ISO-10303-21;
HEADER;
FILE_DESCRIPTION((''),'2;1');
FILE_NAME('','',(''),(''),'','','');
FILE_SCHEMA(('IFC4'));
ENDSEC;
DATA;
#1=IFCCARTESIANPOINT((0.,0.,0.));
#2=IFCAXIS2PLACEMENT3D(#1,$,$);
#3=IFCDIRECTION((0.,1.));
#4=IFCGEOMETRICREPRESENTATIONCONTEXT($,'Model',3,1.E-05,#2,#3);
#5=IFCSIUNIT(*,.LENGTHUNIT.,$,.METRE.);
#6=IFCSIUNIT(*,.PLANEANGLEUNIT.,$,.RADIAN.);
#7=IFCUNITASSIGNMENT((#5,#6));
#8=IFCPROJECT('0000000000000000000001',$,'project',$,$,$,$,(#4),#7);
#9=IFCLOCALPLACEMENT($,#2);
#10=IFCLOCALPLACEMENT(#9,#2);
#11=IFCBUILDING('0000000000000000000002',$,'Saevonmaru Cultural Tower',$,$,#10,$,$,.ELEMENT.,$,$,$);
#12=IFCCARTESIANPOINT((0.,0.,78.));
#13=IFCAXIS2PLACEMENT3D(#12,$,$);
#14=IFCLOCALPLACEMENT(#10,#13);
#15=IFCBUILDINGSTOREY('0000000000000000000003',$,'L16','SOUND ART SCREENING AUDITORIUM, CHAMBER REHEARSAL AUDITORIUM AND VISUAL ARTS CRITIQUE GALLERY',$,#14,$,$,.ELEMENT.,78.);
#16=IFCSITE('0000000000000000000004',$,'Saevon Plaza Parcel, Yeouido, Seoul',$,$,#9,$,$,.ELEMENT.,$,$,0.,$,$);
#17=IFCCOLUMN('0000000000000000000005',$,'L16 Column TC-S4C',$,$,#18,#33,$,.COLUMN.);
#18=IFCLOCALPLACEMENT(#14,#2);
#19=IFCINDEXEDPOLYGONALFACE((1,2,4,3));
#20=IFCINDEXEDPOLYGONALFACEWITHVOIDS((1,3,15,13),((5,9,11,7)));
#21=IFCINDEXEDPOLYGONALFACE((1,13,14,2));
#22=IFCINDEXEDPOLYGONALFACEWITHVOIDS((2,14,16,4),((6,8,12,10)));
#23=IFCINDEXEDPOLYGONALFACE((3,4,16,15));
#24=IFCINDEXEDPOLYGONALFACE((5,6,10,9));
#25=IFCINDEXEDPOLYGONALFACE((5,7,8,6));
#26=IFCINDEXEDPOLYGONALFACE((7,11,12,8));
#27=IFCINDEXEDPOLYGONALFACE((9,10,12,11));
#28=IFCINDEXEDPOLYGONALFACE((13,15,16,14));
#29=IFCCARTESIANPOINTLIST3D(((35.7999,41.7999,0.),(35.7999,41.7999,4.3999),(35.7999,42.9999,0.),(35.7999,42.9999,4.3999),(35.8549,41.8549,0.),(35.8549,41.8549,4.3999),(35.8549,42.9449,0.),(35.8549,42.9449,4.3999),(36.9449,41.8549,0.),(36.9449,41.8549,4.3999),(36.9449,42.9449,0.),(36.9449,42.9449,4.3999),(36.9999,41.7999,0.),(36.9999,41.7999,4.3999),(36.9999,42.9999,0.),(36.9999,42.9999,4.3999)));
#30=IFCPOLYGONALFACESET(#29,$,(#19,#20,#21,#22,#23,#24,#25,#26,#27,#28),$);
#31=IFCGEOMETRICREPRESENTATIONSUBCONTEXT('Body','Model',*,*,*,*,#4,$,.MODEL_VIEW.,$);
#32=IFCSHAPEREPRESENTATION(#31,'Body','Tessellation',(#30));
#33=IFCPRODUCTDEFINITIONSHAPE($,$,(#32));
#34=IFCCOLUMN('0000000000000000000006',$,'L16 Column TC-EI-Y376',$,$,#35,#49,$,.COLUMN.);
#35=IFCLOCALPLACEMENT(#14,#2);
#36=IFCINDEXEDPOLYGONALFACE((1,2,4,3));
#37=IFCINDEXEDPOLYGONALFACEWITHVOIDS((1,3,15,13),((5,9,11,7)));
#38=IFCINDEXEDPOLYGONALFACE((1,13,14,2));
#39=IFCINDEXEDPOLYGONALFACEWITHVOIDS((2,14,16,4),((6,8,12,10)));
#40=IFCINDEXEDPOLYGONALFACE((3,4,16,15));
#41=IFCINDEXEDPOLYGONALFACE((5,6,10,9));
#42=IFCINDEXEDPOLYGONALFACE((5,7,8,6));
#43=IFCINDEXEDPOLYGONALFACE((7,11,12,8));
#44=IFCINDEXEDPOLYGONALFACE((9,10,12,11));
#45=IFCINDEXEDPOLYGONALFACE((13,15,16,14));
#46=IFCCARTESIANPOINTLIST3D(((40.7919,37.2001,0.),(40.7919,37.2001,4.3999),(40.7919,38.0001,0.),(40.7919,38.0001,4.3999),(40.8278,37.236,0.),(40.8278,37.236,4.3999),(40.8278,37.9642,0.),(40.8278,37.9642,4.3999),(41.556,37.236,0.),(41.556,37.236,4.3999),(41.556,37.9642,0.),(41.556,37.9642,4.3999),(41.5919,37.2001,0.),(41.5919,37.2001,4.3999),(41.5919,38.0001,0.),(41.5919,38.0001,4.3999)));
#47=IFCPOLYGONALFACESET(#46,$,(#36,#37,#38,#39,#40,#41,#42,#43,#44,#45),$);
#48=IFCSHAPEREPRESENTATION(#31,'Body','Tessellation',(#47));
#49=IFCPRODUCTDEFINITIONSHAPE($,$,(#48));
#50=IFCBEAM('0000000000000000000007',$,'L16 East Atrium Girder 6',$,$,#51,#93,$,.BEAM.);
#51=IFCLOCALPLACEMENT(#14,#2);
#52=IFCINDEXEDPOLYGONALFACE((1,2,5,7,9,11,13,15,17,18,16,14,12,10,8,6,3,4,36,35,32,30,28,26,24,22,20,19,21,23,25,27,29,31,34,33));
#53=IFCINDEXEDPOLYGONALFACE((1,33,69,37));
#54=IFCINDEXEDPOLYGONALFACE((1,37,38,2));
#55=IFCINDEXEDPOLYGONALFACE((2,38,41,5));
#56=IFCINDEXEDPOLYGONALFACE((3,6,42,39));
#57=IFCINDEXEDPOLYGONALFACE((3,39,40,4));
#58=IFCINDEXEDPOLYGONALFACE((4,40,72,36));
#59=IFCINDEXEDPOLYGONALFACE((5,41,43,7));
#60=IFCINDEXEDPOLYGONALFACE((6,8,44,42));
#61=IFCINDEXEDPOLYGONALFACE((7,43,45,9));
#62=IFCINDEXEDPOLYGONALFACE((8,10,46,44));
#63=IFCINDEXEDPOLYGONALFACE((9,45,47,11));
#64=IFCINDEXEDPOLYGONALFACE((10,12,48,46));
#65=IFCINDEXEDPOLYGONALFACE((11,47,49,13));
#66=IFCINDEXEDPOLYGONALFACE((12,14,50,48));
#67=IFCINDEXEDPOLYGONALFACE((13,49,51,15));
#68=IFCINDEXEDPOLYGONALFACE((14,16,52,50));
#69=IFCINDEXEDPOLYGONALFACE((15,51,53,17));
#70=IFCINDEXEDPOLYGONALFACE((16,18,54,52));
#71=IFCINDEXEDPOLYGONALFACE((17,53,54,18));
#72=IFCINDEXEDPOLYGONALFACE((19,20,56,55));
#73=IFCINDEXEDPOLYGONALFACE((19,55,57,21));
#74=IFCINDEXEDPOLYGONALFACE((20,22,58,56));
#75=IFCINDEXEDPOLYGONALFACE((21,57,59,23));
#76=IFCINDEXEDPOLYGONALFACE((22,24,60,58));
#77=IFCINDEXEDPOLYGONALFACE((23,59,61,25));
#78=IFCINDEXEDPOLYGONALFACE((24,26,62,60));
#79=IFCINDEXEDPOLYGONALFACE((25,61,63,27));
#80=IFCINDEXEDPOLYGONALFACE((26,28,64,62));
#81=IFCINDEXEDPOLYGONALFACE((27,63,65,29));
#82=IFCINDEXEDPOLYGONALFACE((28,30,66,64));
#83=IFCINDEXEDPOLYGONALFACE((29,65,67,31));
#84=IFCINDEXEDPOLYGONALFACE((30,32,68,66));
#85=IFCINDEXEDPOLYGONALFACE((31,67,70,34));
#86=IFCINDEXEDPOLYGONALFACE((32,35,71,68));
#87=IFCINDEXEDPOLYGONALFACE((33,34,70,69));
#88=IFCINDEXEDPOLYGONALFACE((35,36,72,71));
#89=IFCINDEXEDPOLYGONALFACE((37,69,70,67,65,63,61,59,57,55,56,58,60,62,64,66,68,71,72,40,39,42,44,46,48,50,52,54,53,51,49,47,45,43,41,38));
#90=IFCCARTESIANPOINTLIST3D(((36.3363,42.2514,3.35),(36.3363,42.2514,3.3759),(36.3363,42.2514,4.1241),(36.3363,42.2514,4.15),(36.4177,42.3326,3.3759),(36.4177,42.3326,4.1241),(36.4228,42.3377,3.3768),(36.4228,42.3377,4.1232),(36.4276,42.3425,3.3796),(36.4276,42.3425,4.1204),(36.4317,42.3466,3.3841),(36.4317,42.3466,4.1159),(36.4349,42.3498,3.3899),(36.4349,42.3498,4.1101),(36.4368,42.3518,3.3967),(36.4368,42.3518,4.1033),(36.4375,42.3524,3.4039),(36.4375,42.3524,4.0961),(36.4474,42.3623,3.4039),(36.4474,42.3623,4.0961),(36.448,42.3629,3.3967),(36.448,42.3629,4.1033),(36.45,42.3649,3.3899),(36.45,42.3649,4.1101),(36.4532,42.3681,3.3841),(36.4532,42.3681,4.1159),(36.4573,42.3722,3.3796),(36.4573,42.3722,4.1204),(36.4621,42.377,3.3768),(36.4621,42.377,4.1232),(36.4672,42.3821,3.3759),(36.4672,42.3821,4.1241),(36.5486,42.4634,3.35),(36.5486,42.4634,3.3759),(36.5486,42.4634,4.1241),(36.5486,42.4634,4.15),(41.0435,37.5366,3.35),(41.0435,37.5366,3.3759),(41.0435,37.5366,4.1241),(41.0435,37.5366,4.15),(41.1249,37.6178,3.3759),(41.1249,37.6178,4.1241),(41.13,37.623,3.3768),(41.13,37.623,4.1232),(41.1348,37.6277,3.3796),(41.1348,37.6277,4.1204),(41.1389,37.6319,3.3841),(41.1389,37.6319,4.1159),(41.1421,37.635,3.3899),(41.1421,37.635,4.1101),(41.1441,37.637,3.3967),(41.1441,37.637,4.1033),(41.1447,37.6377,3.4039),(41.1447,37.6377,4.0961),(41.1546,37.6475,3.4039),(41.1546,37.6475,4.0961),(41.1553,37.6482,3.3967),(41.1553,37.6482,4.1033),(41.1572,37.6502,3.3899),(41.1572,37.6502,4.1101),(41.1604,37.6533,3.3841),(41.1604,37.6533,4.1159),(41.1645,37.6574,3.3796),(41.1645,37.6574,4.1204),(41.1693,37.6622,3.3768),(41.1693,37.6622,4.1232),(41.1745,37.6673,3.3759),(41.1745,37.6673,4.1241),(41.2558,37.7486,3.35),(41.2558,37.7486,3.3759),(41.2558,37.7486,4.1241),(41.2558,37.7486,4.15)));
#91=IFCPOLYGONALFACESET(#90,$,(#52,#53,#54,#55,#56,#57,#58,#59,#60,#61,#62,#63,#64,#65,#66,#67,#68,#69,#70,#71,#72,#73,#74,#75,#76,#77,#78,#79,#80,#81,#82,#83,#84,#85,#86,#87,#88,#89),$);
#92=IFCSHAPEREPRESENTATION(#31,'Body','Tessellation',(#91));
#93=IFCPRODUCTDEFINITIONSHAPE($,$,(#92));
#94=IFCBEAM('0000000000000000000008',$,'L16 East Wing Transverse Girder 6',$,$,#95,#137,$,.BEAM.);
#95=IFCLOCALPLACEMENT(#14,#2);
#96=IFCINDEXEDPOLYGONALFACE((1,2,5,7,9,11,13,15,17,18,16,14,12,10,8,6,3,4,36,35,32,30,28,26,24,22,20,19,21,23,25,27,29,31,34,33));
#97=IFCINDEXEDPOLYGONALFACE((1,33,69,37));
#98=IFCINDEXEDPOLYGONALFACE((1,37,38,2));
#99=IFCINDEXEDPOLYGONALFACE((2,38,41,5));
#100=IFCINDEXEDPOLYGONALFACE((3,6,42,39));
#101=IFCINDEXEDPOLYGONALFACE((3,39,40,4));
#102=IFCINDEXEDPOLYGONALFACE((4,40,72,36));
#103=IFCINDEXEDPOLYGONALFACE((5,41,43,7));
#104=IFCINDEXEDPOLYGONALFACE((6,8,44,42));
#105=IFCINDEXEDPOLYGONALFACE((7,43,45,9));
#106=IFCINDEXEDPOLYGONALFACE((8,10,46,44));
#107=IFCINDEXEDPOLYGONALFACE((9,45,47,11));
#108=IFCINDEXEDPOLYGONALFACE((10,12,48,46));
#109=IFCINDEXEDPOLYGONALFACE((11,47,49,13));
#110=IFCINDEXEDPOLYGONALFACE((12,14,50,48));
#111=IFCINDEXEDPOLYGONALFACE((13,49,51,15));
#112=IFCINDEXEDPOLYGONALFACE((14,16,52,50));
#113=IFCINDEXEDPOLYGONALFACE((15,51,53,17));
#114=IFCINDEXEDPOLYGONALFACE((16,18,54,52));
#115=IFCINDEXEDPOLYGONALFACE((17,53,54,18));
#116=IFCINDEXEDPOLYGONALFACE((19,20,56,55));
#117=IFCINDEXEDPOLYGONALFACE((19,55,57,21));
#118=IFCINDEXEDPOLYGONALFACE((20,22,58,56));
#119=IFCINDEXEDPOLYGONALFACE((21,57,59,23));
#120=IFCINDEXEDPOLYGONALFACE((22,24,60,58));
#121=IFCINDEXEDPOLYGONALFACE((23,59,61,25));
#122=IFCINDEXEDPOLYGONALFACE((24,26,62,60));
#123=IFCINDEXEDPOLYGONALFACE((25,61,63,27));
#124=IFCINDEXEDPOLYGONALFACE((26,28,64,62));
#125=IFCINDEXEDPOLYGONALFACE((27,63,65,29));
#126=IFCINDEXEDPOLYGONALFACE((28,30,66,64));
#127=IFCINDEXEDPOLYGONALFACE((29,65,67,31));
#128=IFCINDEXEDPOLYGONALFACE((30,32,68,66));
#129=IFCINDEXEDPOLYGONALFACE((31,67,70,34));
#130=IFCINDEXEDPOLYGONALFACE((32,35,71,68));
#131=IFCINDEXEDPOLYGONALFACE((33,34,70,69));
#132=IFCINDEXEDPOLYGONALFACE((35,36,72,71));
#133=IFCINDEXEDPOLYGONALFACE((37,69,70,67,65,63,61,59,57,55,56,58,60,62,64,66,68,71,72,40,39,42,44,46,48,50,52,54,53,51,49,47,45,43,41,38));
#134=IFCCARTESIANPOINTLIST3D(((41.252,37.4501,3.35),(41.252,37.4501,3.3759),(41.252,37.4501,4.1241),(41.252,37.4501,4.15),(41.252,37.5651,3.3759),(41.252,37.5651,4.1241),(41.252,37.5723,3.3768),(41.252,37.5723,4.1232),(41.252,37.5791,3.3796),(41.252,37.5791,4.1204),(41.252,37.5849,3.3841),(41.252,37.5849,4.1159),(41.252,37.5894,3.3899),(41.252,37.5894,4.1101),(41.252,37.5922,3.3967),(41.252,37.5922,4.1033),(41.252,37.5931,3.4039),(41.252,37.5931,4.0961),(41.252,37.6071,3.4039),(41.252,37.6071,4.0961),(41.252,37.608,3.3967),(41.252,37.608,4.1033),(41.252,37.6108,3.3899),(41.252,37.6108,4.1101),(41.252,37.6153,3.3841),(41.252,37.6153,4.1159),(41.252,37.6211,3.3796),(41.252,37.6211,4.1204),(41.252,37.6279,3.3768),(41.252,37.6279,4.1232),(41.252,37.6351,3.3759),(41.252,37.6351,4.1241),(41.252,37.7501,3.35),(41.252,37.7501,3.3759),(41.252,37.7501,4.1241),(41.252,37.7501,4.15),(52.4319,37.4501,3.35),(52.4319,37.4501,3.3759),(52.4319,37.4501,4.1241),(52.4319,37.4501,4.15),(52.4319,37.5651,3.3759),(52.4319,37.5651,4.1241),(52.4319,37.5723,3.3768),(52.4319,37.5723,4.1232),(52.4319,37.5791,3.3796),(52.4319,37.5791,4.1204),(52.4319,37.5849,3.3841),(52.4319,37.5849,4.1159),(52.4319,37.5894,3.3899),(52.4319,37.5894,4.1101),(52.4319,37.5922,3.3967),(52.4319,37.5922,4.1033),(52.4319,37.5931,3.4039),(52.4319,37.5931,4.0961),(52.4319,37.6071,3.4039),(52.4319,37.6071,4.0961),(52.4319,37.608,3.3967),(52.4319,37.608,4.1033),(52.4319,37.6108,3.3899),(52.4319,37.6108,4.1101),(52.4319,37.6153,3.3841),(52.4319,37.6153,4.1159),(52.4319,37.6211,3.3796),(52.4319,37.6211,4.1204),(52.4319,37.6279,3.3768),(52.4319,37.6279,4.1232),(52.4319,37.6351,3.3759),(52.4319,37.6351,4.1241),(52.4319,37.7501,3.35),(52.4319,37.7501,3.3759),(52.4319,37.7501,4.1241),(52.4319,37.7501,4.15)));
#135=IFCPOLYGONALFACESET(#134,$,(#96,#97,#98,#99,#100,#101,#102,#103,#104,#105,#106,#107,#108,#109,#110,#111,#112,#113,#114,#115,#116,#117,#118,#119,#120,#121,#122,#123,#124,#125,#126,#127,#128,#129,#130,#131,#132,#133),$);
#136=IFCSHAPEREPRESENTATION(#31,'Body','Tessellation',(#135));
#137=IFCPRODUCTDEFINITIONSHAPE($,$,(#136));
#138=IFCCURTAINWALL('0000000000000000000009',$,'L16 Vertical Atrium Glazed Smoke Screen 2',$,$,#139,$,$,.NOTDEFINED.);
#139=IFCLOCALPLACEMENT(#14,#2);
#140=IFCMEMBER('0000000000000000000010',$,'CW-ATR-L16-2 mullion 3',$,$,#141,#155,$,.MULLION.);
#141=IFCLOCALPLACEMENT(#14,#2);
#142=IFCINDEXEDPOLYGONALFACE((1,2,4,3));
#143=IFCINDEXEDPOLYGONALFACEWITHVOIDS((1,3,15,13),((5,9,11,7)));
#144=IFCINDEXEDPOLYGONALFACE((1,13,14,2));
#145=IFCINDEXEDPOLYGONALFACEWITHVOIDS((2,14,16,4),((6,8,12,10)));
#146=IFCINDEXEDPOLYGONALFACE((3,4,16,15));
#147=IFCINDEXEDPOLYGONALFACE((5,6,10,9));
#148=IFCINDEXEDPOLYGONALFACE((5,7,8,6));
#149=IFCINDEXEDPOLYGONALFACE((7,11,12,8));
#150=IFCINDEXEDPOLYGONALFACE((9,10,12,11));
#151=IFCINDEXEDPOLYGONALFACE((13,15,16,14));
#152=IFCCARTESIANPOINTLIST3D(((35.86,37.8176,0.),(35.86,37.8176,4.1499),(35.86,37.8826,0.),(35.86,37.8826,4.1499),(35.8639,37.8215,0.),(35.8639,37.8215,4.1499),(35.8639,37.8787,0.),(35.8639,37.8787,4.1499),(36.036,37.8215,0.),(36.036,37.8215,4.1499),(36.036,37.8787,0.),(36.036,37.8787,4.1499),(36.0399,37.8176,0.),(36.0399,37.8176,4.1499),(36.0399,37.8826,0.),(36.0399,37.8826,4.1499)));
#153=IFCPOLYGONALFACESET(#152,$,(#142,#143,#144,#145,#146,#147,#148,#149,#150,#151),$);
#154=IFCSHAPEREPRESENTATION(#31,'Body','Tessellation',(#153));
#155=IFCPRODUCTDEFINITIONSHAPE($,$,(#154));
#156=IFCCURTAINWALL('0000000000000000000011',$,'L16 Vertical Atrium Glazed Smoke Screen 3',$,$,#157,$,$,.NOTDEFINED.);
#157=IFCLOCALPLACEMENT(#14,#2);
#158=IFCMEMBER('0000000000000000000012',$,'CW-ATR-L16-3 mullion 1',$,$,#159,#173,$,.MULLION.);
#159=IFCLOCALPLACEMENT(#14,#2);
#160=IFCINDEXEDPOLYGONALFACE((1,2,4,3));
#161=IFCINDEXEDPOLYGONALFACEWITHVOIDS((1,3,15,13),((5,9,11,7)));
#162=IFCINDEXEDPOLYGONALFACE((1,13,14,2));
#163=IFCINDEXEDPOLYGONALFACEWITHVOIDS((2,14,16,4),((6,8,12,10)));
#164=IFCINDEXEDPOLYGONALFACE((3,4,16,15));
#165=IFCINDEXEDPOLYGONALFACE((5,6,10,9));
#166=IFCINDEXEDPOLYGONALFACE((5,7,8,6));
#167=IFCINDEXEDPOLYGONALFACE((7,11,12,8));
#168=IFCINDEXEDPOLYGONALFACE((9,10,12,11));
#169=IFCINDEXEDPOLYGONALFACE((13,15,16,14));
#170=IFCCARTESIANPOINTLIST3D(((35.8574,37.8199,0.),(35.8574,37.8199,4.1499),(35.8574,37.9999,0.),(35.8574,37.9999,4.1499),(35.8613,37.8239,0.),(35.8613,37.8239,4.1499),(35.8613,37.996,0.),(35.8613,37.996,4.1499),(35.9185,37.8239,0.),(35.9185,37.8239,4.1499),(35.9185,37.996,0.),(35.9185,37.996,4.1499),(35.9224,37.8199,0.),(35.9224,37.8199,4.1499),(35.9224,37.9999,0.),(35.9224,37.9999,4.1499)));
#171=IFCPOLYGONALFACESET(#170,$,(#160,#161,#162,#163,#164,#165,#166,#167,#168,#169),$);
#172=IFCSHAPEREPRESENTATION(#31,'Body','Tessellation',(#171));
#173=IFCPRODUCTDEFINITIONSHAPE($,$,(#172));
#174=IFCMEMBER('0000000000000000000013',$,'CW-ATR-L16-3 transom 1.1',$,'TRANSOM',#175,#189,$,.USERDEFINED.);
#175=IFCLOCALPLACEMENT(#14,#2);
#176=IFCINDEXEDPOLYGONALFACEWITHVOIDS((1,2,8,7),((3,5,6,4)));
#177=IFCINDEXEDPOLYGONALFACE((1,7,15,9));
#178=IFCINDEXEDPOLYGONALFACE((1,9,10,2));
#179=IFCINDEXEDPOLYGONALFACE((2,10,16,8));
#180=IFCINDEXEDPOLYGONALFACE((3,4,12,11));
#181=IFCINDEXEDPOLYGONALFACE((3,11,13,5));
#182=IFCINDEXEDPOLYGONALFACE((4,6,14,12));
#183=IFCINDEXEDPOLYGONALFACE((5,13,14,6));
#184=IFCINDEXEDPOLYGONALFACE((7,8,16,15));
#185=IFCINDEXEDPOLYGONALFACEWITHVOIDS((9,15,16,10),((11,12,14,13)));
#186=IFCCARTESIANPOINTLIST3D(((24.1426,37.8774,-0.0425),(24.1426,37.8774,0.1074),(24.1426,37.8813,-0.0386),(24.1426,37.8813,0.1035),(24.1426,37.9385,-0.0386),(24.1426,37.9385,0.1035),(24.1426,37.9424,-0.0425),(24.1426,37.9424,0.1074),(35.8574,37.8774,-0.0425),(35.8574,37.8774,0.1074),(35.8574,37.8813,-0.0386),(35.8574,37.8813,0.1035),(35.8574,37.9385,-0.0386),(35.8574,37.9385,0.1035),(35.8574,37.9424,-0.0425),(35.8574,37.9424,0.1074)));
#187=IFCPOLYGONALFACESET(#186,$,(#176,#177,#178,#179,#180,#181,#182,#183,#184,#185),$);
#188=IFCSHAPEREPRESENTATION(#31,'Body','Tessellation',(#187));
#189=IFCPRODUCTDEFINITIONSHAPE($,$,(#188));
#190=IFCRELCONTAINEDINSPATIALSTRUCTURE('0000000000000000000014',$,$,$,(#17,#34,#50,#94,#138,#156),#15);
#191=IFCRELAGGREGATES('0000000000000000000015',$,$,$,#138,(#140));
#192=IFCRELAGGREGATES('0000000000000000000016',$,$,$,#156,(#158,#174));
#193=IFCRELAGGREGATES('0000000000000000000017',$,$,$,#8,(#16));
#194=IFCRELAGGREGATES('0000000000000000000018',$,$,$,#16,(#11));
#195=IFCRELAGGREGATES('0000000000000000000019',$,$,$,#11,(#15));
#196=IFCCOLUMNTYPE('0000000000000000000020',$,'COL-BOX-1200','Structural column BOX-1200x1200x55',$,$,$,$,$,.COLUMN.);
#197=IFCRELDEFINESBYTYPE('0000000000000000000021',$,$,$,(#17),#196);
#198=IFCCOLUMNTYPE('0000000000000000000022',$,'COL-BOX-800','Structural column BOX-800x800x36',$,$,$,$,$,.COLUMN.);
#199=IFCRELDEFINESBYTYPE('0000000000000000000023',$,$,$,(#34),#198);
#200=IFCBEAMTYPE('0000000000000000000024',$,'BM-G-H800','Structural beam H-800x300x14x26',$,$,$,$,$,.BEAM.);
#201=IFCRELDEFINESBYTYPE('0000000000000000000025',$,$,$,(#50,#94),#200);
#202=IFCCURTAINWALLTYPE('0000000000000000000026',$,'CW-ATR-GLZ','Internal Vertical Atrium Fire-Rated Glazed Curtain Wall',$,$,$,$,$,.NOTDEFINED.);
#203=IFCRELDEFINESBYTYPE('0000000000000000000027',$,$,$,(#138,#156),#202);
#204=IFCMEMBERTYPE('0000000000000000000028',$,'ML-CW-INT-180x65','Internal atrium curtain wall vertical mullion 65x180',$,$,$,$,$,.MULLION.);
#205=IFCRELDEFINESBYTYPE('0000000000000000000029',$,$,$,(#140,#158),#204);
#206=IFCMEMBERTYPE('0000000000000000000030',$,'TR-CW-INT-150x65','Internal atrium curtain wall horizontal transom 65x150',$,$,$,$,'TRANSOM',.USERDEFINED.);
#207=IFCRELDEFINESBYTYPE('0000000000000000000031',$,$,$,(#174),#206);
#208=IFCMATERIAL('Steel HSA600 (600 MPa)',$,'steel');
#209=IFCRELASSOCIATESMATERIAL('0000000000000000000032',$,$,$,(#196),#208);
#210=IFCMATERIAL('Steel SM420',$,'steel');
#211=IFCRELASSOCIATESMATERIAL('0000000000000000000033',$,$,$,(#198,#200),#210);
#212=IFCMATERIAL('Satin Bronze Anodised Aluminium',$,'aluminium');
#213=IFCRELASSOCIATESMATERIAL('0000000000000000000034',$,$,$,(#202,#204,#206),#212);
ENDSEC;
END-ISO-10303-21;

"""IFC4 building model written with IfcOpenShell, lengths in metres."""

from ifc_helpers import new_model, si_unit, direction, frame, origin, origin_2d, place, context, subcontext, project, spatial, hollow_rectangle, i_section, extrude, material, material_profile, profile_set, type_object, element, aggregate, save


model = new_model("IFC4")

# Units and contexts
model_context = context("Model", 3, precision=1e-05, world=origin(), true_north=direction((0.0, 1.0)))
body_context = subcontext(model_context, "Body", "Model", "MODEL_VIEW")
ifc_project = project(units=[si_unit("LENGTHUNIT", "METRE"), si_unit("PLANEANGLEUNIT", "RADIAN")], contexts=[model_context])

# Site, building, storey
site_placement = place(None, origin())
site = spatial("IfcSite", under=ifc_project, at=site_placement, Name="Saevon Plaza Parcel, Yeouido, Seoul", CompositionType="ELEMENT", RefElevation=0.0)
building_placement = place(site_placement, origin())
building = spatial("IfcBuilding", under=site, at=building_placement, Name="Saevonmaru Cultural Tower", CompositionType="ELEMENT")
storey_placement = place(building_placement, frame((0.0, 0.0, 78.0)))
storey = spatial("IfcBuildingStorey", under=building, at=storey_placement, Name="L16", Description="SOUND ART SCREENING AUDITORIUM, CHAMBER REHEARSAL AUDITORIUM AND VISUAL ARTS CRITIQUE GALLERY", CompositionType="ELEMENT", Elevation=78.0)

# Columns
ifc_material_1 = material(Name="Steel HSA600 (600 MPa)", Category="steel")
ifc_material_profile_1 = material_profile(ifc_material_1, hollow_rectangle(XDim=1.2, YDim=1.2, WallThickness=0.0549, at=origin_2d()), Name="BOX-1200x1200x55")
ifc_profile_set_1 = profile_set([ifc_material_profile_1], Name="Steel HSA600 (600 MPa)")
column_type_1 = type_object("IfcColumnType", Name="COL-BOX-1200", Description="Structural column BOX-1200x1200x55", PredefinedType="COLUMN", material=ifc_profile_set_1)
column_1_placement = place(storey_placement, frame((36.3999, 42.3999, 0.0), z_axis=(0.0, 0.0, 1.0), x_axis=(1.0, 0.0, 0.0)))
element("IfcColumn", 1, at=column_1_placement, inside=storey, type_object=column_type_1, Name="L16 Column TC-S4C", PredefinedType="COLUMN", context=body_context, shape_type="SweptSolid", body=[
    extrude(hollow_rectangle(XDim=1.2, YDim=1.2, WallThickness=0.0549, at=origin_2d()), origin(), (0.0, 0.0, 1.0), 4.3999),
])
ifc_material_2 = material(Name="Steel SM420", Category="steel")
ifc_material_profile_2 = material_profile(ifc_material_2, hollow_rectangle(XDim=0.8, YDim=0.8, WallThickness=0.0359, at=origin_2d()), Name="BOX-800x800x36")
ifc_profile_set_2 = profile_set([ifc_material_profile_2], Name="Steel SM420")
column_type_2 = type_object("IfcColumnType", Name="COL-BOX-800", Description="Structural column BOX-800x800x36", PredefinedType="COLUMN", material=ifc_profile_set_2)
column_2_placement = place(storey_placement, frame((41.1919, 37.6001, 0.0), z_axis=(0.0, 0.0, 1.0), x_axis=(1.0, 0.0, 0.0)))
element("IfcColumn", 2, at=column_2_placement, inside=storey, type_object=column_type_2, Name="L16 Column TC-EI-Y376", PredefinedType="COLUMN", context=body_context, shape_type="SweptSolid", body=[
    extrude(hollow_rectangle(XDim=0.8, YDim=0.8, WallThickness=0.0359, at=origin_2d()), origin(), (0.0, 0.0, 1.0), 4.3999),
])

# Beams
ifc_material_profile_3 = material_profile(ifc_material_2, i_section(OverallWidth=0.3, OverallDepth=0.8, WebThickness=0.0139, FlangeThickness=0.0259, FilletRadius=0.0281, at=origin_2d()), Name="H-800x300x14x26")
ifc_profile_set_3 = profile_set([ifc_material_profile_3], Name="Steel SM420")
beam_type = type_object("IfcBeamType", Name="BM-G-H800", Description="Structural beam H-800x300x14x26", PredefinedType="BEAM", material=ifc_profile_set_3)
beam_1_placement = place(storey_placement, frame((41.1497, 37.6426, 3.75), z_axis=(-0.706539, 0.707675, 0.0), x_axis=(-0.707675, -0.706539, 0.0)))
element("IfcBeam", 3, at=beam_1_placement, inside=storey, type_object=beam_type, Name="L16 East Atrium Girder 6", PredefinedType="BEAM", context=body_context, shape_type="SweptSolid", body=[
    extrude(i_section(OverallWidth=0.3, OverallDepth=0.8, WebThickness=0.0139, FlangeThickness=0.0259, FilletRadius=0.0281, at=origin_2d()), origin(), (0.0, 0.0, 1.0), 6.6624),
])
beam_2_placement = place(storey_placement, frame((41.252, 37.6001, 3.75), z_axis=(1.0, 0.0, 0.0), x_axis=(0.0, 1.0, 0.0)))
element("IfcBeam", 4, at=beam_2_placement, inside=storey, type_object=beam_type, Name="L16 East Wing Transverse Girder 6", PredefinedType="BEAM", context=body_context, shape_type="SweptSolid", body=[
    extrude(i_section(OverallWidth=0.3, OverallDepth=0.8, WebThickness=0.0139, FlangeThickness=0.0259, FilletRadius=0.0281, at=origin_2d()), origin(), (0.0, 0.0, 1.0), 11.1799),
])

# Curtain wall, member
ifc_material_3 = material(Name="Satin Bronze Anodised Aluminium", Category="aluminium")
curtain_wall_type = type_object("IfcCurtainWallType", Name="CW-ATR-GLZ", Description="Internal Vertical Atrium Fire-Rated Glazed Curtain Wall", PredefinedType="NOTDEFINED", material=ifc_material_3)
curtain_wall_1_placement = place(storey_placement, origin())
curtain_wall_1 = element("IfcCurtainWall", 5, at=curtain_wall_1_placement, inside=storey, type_object=curtain_wall_type, Name="L16 Vertical Atrium Glazed Smoke Screen 2", PredefinedType="NOTDEFINED")
ifc_material_profile_4 = material_profile(ifc_material_3, hollow_rectangle(XDim=0.0649, YDim=0.1799, WallThickness=0.0039, at=origin_2d()), Name="ALU-MULL-180x65x4")
ifc_profile_set_4 = profile_set([ifc_material_profile_4], Name="Satin Bronze Anodised Aluminium")
member_type_1 = type_object("IfcMemberType", Name="ML-CW-INT-180x65", Description="Internal atrium curtain wall vertical mullion 65x180", PredefinedType="MULLION", material=ifc_profile_set_4)
member_1_placement = place(storey_placement, frame((35.95, 37.8501, 0.0), z_axis=(0.0, 0.0, 1.0), x_axis=(0.0, 1.0, 0.0)))
member_1 = element("IfcMember", 6, at=member_1_placement, type_object=member_type_1, Name="CW-ATR-L16-2 mullion 3", PredefinedType="MULLION", context=body_context, shape_type="SweptSolid", body=[
    extrude(hollow_rectangle(XDim=0.0649, YDim=0.1799, WallThickness=0.0039, at=origin_2d()), origin(), (0.0, 0.0, 1.0), 4.1499),
])
aggregate(curtain_wall_1, [member_1])

# Curtain wall, members
curtain_wall_2_placement = place(storey_placement, origin())
curtain_wall_2 = element("IfcCurtainWall", 7, at=curtain_wall_2_placement, inside=storey, type_object=curtain_wall_type, Name="L16 Vertical Atrium Glazed Smoke Screen 3", PredefinedType="NOTDEFINED")
member_2_placement = place(storey_placement, frame((35.8899, 37.9099, 0.0), z_axis=(0.0, 0.0, 1.0), x_axis=(-1.0, 0.0, 0.0)))
member_2 = element("IfcMember", 8, at=member_2_placement, type_object=member_type_1, Name="CW-ATR-L16-3 mullion 1", PredefinedType="MULLION", context=body_context, shape_type="SweptSolid", body=[
    extrude(hollow_rectangle(XDim=0.0649, YDim=0.1799, WallThickness=0.0039, at=origin_2d()), origin(), (0.0, 0.0, 1.0), 4.1499),
])
ifc_material_profile_5 = material_profile(ifc_material_3, hollow_rectangle(XDim=0.0649, YDim=0.1499, WallThickness=0.0039, at=origin_2d()), Name="ALU-TRAN-150x65x4")
ifc_profile_set_5 = profile_set([ifc_material_profile_5], Name="Satin Bronze Anodised Aluminium")
member_type_2 = type_object("IfcMemberType", Name="TR-CW-INT-150x65", Description="Internal atrium curtain wall horizontal transom 65x150", ElementType="TRANSOM", PredefinedType="USERDEFINED", material=ifc_profile_set_5)
member_3_placement = place(storey_placement, frame((35.8574, 37.9099, 0.0325), z_axis=(-1.0, 0.0, 0.0), x_axis=(0.0, -1.0, 0.0)))
member_3 = element("IfcMember", 9, at=member_3_placement, type_object=member_type_2, Name="CW-ATR-L16-3 transom 1.1", ObjectType="TRANSOM", PredefinedType="USERDEFINED", context=body_context, shape_type="SweptSolid", body=[
    extrude(hollow_rectangle(XDim=0.0649, YDim=0.1499, WallThickness=0.0039, at=origin_2d()), origin(), (0.0, 0.0, 1.0), 11.7148),
])
aggregate(curtain_wall_2, [member_2, member_3])

save(model, "model.ifc")
